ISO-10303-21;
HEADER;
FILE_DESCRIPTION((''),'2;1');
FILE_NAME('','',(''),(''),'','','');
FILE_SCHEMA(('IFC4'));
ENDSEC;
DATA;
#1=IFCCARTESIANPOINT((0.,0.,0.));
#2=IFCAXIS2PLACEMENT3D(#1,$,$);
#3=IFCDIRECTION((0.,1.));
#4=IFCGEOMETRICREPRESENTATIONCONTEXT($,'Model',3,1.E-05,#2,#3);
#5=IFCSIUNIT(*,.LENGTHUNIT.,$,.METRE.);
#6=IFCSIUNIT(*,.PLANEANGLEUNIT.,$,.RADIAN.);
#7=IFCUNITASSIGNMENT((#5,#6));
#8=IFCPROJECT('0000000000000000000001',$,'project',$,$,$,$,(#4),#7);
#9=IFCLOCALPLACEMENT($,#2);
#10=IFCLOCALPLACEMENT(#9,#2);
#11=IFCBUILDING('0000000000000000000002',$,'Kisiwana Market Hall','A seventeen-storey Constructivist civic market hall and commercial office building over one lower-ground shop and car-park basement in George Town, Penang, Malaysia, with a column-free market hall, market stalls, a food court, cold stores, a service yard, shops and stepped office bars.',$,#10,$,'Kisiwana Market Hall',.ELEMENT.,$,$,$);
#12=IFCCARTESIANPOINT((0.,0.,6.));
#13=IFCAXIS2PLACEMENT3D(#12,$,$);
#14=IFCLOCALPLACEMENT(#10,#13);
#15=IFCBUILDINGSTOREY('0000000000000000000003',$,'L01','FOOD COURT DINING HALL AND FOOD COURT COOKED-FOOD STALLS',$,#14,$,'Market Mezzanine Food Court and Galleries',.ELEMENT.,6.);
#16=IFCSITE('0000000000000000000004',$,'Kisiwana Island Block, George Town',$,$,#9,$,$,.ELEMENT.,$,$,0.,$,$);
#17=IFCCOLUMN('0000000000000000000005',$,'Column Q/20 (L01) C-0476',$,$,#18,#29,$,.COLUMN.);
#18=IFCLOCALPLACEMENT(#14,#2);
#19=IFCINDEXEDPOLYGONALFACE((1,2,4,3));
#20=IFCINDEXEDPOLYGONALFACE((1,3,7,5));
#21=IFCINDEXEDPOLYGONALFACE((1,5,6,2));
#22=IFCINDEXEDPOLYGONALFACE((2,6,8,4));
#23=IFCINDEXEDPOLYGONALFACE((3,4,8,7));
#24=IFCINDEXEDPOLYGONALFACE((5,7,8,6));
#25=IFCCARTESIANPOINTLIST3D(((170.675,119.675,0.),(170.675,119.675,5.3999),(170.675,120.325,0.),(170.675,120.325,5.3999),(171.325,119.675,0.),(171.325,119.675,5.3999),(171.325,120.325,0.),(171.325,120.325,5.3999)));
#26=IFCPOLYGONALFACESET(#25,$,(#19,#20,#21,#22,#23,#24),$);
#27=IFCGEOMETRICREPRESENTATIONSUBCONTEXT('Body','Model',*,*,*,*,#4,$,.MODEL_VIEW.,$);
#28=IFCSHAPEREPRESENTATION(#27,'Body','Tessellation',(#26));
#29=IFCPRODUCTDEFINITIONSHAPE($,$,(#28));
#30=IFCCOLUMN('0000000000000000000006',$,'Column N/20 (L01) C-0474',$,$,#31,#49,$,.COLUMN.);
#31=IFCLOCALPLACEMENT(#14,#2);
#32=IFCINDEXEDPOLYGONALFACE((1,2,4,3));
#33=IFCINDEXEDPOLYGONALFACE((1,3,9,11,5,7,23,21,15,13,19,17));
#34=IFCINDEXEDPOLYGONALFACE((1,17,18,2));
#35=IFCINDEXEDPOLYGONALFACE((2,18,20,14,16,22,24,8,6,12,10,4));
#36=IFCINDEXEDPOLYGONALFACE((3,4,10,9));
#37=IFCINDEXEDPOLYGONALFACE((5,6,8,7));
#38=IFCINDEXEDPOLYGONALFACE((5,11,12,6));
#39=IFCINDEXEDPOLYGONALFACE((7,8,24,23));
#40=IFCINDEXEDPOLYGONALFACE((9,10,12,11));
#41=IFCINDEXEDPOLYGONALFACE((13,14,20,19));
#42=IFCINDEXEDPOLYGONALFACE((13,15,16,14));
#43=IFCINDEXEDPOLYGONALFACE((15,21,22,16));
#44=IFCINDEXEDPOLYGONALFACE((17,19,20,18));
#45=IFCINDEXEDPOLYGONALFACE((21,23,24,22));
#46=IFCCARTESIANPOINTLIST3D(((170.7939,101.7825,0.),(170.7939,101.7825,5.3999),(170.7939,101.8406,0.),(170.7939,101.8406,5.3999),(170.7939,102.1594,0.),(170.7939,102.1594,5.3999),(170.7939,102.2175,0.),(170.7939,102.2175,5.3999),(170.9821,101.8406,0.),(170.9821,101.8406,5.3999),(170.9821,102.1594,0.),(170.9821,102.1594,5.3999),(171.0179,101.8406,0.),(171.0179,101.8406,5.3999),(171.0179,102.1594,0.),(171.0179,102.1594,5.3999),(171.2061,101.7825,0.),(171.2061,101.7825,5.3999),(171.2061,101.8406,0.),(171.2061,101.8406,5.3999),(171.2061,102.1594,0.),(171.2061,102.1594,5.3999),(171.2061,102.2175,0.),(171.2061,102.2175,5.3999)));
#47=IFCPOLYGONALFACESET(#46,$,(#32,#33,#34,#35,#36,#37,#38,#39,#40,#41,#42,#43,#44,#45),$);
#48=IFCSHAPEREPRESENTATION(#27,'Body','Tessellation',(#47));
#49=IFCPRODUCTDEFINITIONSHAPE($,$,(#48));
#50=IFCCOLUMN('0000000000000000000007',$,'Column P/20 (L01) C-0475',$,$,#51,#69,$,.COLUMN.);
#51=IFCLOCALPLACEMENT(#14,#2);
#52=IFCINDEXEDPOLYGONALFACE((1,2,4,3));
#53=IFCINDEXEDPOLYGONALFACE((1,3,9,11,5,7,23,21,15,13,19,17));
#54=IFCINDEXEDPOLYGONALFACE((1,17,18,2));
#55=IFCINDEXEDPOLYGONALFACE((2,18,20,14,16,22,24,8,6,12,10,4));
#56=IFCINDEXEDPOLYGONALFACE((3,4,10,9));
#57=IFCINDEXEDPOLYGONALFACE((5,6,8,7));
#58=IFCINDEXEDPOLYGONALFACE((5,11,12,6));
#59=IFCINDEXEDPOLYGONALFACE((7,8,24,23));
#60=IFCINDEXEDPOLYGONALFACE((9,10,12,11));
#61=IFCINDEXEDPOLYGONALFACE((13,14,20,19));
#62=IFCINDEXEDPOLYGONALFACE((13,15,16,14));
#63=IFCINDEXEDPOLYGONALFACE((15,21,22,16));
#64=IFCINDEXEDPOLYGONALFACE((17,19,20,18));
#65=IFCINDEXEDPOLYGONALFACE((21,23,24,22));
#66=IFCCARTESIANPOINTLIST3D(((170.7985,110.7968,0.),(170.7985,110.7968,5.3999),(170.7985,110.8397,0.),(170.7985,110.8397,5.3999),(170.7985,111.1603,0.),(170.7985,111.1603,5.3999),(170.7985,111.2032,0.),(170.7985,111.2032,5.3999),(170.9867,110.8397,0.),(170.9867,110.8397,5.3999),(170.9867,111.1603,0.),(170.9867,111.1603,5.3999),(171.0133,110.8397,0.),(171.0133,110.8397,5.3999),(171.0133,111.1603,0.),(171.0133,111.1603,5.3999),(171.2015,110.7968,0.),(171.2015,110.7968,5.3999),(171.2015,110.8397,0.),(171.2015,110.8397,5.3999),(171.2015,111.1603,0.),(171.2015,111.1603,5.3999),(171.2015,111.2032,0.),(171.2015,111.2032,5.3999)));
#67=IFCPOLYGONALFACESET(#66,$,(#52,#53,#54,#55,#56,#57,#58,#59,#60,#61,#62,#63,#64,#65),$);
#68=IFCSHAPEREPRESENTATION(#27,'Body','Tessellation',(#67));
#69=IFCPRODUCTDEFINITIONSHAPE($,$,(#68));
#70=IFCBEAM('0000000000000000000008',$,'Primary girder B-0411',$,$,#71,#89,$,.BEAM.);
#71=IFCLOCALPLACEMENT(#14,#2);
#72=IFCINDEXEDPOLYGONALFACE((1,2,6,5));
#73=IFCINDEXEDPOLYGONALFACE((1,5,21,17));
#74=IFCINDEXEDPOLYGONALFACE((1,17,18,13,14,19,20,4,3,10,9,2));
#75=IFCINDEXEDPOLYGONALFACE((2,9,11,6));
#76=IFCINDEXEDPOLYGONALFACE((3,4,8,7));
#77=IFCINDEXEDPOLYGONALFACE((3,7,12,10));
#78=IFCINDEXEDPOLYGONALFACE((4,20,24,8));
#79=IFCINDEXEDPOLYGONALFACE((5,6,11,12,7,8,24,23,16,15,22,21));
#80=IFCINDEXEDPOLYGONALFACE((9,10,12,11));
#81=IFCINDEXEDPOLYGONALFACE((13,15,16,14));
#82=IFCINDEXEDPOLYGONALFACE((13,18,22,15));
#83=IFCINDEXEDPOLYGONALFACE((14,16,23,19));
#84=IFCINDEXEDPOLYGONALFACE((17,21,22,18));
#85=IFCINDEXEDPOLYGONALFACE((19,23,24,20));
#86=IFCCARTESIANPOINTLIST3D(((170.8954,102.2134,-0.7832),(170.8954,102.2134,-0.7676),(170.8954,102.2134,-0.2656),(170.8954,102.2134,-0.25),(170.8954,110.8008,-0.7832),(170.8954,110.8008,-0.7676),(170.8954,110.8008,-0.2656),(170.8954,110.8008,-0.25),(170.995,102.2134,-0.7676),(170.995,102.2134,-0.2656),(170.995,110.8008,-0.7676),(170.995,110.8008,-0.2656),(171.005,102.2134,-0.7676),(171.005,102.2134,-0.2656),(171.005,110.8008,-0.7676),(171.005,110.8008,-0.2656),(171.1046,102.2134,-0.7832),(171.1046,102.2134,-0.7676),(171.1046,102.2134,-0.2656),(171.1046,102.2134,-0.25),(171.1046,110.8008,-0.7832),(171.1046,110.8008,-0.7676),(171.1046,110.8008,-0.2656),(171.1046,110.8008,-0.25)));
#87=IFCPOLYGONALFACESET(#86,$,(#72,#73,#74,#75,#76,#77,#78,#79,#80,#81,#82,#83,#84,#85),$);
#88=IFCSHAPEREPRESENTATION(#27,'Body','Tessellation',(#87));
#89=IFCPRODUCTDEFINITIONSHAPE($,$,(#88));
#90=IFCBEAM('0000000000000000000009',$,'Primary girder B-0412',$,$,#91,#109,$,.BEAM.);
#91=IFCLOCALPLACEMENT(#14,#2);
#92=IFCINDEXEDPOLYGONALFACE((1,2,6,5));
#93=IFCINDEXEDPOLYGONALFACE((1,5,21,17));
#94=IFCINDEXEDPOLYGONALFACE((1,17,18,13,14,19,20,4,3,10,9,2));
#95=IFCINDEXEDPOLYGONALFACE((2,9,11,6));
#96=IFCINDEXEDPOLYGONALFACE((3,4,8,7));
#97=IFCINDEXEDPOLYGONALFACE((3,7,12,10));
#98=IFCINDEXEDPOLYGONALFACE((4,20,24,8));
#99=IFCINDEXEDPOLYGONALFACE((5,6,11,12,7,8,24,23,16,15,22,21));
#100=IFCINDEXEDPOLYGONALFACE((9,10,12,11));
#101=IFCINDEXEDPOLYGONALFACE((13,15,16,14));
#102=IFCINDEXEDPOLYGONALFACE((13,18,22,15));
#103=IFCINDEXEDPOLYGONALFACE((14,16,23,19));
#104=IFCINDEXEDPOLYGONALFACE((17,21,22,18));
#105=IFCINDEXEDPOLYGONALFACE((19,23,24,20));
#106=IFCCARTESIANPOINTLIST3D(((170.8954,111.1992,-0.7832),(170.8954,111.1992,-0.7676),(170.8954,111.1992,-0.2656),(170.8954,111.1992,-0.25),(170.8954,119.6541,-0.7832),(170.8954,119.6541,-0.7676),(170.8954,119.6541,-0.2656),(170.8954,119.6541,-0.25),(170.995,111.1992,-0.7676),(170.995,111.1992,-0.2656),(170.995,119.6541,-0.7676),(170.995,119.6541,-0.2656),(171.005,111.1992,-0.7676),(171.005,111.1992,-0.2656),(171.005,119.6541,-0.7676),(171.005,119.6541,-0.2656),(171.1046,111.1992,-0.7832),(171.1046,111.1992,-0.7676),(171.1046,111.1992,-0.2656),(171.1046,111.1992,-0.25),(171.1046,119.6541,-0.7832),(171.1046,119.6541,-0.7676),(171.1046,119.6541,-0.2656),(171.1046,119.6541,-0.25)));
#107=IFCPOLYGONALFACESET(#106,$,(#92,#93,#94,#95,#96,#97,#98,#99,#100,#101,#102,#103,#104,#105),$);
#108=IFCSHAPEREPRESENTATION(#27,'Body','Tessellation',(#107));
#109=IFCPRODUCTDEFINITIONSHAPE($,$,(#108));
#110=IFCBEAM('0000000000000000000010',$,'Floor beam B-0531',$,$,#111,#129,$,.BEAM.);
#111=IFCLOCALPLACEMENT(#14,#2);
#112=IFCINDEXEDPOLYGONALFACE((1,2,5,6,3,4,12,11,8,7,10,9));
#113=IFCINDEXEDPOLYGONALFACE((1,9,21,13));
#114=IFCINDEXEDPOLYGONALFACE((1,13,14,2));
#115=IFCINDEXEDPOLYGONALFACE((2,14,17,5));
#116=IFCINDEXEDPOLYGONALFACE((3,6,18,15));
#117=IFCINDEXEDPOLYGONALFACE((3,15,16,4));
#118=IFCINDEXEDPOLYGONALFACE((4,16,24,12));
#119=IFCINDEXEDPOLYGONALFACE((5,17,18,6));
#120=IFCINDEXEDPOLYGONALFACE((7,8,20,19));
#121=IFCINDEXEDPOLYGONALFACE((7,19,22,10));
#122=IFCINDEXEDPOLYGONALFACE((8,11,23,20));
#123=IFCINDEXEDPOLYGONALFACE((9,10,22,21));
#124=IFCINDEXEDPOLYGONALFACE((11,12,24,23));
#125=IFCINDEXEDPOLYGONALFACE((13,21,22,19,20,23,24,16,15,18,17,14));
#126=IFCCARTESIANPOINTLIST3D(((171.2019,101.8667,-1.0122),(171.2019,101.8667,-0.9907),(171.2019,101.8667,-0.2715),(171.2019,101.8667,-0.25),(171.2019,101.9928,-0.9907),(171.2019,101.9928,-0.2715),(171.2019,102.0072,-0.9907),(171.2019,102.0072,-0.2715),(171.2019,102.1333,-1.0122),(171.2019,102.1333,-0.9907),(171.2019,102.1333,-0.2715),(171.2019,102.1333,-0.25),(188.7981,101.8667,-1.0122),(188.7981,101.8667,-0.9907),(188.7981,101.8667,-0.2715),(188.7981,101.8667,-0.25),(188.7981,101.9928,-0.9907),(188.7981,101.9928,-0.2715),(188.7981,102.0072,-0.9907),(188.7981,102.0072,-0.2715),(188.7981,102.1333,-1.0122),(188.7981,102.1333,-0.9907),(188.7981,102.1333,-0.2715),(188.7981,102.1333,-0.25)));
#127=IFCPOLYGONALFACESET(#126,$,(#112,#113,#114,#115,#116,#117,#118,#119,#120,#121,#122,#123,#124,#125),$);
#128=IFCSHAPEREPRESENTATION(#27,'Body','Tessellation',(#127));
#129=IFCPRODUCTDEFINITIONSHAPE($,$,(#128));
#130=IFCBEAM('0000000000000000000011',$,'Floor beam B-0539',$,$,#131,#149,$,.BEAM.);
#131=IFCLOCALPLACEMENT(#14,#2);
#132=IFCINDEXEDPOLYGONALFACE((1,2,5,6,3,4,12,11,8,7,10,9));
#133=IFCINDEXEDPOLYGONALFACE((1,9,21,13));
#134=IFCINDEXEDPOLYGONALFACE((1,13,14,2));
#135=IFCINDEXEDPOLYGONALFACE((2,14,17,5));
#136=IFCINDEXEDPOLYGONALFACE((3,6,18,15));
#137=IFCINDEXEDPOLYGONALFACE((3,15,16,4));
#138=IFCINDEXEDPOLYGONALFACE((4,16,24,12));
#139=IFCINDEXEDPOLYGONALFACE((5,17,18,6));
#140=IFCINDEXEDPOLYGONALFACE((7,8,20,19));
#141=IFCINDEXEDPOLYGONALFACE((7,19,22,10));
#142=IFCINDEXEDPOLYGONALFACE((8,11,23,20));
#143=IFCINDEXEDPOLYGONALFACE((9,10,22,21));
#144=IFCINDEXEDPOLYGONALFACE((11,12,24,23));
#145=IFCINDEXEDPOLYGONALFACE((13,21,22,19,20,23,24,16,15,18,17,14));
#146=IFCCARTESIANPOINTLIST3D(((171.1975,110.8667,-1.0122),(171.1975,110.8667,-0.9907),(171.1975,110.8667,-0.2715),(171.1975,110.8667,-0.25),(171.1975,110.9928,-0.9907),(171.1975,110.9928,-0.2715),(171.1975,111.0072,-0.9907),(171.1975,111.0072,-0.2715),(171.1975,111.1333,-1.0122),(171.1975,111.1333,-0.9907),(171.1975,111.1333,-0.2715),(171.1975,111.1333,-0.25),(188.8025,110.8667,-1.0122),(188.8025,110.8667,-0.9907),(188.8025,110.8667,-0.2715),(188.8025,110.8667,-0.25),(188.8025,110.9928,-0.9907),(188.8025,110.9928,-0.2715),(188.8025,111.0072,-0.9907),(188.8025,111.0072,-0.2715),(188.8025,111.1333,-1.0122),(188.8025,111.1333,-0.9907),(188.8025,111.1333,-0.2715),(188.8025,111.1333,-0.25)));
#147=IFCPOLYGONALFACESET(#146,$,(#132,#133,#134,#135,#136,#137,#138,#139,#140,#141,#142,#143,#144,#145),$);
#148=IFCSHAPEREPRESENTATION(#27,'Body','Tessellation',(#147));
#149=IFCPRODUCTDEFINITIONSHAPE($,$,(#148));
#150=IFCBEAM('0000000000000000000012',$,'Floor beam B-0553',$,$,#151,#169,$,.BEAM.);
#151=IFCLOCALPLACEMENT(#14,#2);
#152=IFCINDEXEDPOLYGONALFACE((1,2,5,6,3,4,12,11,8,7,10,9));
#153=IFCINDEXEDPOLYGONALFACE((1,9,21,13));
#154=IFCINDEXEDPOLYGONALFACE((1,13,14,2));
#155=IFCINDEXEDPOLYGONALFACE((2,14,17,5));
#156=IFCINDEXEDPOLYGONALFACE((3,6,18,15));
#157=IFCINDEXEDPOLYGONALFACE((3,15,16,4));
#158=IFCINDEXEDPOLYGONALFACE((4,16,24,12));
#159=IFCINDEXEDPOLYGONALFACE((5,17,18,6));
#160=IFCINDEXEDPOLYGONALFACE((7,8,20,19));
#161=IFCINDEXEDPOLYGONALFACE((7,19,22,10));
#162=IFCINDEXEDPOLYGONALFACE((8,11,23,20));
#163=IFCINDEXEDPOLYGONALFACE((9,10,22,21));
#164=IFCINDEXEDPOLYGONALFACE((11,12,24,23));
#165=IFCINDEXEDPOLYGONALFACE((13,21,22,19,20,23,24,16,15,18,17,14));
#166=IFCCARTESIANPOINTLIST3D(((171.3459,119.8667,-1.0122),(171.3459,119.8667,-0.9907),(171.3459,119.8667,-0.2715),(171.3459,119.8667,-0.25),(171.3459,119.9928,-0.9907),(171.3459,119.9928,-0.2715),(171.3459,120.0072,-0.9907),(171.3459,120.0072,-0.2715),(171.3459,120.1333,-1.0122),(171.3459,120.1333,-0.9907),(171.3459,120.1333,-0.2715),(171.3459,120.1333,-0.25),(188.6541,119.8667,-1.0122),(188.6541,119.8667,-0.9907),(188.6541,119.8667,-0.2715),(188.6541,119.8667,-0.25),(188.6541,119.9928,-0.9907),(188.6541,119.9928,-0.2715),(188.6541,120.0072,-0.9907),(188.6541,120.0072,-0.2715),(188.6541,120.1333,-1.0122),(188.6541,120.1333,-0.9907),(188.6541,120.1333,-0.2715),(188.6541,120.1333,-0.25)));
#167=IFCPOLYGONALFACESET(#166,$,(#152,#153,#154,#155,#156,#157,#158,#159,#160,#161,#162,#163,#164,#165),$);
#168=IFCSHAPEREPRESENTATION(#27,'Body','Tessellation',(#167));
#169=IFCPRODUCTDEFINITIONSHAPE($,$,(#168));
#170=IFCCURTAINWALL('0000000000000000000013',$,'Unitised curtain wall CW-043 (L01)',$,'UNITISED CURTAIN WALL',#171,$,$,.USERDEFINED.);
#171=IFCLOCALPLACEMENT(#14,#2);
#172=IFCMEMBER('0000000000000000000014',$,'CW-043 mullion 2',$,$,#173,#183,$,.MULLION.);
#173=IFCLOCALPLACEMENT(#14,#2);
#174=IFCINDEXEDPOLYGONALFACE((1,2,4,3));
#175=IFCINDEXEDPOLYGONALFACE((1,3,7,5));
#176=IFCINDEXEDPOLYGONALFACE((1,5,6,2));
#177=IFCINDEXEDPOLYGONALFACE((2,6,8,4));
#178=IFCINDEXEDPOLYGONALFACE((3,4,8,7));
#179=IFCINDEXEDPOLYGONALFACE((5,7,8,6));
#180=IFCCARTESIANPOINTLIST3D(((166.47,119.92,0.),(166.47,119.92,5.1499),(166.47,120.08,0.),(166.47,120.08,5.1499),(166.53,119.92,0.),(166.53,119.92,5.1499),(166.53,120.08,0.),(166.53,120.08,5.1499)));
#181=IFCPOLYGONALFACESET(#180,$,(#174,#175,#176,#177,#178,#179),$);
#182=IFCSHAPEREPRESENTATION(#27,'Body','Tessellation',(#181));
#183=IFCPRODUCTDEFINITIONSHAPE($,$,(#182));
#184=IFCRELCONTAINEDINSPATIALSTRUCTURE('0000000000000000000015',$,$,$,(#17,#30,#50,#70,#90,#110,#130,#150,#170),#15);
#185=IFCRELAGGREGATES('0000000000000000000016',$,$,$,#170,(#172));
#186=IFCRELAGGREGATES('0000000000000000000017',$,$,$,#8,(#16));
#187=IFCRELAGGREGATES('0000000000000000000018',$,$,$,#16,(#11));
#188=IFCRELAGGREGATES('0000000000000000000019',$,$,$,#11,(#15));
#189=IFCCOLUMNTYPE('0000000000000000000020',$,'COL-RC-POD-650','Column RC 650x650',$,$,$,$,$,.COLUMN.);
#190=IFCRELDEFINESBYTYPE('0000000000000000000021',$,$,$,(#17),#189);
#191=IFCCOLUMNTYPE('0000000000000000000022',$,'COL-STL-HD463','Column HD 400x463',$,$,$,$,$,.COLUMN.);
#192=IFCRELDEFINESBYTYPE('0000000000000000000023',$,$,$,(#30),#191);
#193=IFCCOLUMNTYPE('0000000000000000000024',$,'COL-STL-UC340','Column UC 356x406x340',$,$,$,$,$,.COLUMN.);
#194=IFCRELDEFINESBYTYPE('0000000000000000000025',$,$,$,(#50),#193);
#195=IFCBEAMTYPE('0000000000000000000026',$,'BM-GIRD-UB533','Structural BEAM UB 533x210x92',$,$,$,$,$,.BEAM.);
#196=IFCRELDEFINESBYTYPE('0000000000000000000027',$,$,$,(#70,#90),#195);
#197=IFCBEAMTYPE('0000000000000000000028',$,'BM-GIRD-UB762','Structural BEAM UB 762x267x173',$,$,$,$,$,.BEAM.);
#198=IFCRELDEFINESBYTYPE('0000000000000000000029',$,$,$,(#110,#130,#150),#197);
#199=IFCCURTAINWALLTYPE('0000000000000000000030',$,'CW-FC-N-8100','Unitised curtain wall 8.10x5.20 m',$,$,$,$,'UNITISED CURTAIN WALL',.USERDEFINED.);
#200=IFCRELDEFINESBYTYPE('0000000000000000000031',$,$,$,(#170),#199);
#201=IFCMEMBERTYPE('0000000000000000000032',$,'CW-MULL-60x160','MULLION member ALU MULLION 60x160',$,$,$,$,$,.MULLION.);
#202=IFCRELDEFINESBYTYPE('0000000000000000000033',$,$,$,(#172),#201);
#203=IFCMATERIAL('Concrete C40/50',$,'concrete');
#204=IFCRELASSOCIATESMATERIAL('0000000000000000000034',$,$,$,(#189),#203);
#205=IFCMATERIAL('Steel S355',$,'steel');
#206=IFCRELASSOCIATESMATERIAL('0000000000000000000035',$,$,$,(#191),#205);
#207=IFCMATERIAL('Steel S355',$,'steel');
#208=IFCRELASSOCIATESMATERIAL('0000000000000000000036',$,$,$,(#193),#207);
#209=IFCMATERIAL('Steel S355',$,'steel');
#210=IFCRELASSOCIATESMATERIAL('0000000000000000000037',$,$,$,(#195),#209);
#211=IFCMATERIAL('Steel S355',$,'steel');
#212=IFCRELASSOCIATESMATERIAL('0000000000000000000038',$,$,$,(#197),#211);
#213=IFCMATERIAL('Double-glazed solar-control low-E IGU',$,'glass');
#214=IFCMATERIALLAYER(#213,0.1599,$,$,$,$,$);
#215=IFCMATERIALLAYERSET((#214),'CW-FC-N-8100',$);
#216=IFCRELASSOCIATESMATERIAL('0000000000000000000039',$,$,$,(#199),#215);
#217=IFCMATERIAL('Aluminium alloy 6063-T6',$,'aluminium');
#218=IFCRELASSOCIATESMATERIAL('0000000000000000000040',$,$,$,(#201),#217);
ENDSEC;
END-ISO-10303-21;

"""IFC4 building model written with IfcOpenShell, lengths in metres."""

from ifc_helpers import new_model, si_unit, direction, frame, origin, origin_2d, place, context, subcontext, project, spatial, rectangle, i_section, extrude, material, layer, layer_set, material_profile, profile_set, type_object, element, aggregate, save


model = new_model("IFC4")

# Units and contexts
model_context = context("Model", 3, precision=1e-05, world=origin(), true_north=direction((0.0, 1.0)))
body_context = subcontext(model_context, "Body", "Model", "MODEL_VIEW")
ifc_project = project(units=[si_unit("LENGTHUNIT", "METRE"), si_unit("PLANEANGLEUNIT", "RADIAN")], contexts=[model_context])

# Site, building, storey
site_placement = place(None, origin())
site = spatial("IfcSite", under=ifc_project, at=site_placement, Name="Kisiwana Island Block, George Town", CompositionType="ELEMENT", RefElevation=0.0)
building_placement = place(site_placement, origin())
building = spatial("IfcBuilding", under=site, at=building_placement, Name="Kisiwana Market Hall", Description="A seventeen-storey Constructivist civic market hall and commercial office building over one lower-ground shop and car-park basement in George Town, Penang, Malaysia, with a column-free market hall, market stalls, a food court, cold stores, a service yard, shops and stepped office bars.", LongName="Kisiwana Market Hall", CompositionType="ELEMENT")
storey_placement = place(building_placement, frame((0.0, 0.0, 6.0)))
storey = spatial("IfcBuildingStorey", under=building, at=storey_placement, Name="L01", Description="FOOD COURT DINING HALL AND FOOD COURT COOKED-FOOD STALLS", LongName="Market Mezzanine Food Court and Galleries", CompositionType="ELEMENT", Elevation=6.0)

# Columns
ifc_material_1 = material(Name="Concrete C40/50", Category="concrete")
ifc_material_profile_1 = material_profile(ifc_material_1, rectangle(XDim=0.6499, YDim=0.6499, at=origin_2d()), Name="RC 650x650")
ifc_profile_set_1 = profile_set([ifc_material_profile_1], Name="Concrete C40/50")
column_type_1 = type_object("IfcColumnType", Name="COL-RC-POD-650", Description="Column RC 650x650", PredefinedType="COLUMN", material=ifc_profile_set_1)
column_1_placement = place(storey_placement, frame((171.0, 120.0, 0.0), z_axis=(0.0, 0.0, 1.0), x_axis=(1.0, 0.0, 0.0)))
element("IfcColumn", 1, at=column_1_placement, inside=storey, type_object=column_type_1, Name="Column Q/20 (L01) C-0476", PredefinedType="COLUMN", context=body_context, shape_type="SweptSolid", body=[
    extrude(rectangle(XDim=0.6499, YDim=0.6499, at=origin_2d()), origin(), (0.0, 0.0, 1.0), 5.3999),
])
ifc_material_2 = material(Name="Steel S355", Category="steel")
ifc_material_profile_2 = material_profile(ifc_material_2, i_section(OverallWidth=0.4121, OverallDepth=0.4351, WebThickness=0.0359, FlangeThickness=0.0581, at=origin_2d()), Name="HD 400x463")
ifc_profile_set_2 = profile_set([ifc_material_profile_2], Name="Steel S355")
column_type_2 = type_object("IfcColumnType", Name="COL-STL-HD463", Description="Column HD 400x463", PredefinedType="COLUMN", material=ifc_profile_set_2)
column_2_placement = place(storey_placement, frame((171.0, 102.0, 0.0), z_axis=(0.0, 0.0, 1.0), x_axis=(1.0, 0.0, 0.0)))
element("IfcColumn", 2, at=column_2_placement, inside=storey, type_object=column_type_2, Name="Column N/20 (L01) C-0474", PredefinedType="COLUMN", context=body_context, shape_type="SweptSolid", body=[
    extrude(i_section(OverallWidth=0.4121, OverallDepth=0.4351, WebThickness=0.0359, FlangeThickness=0.0581, at=origin_2d()), origin(), (0.0, 0.0, 1.0), 5.3999),
])
ifc_material_3 = material(Name="Steel S355", Category="steel")
ifc_material_profile_3 = material_profile(ifc_material_3, i_section(OverallWidth=0.4031, OverallDepth=0.4065, WebThickness=0.0266, FlangeThickness=0.043, at=origin_2d()), Name="UC 356x406x340")
ifc_profile_set_3 = profile_set([ifc_material_profile_3], Name="Steel S355")
column_type_3 = type_object("IfcColumnType", Name="COL-STL-UC340", Description="Column UC 356x406x340", PredefinedType="COLUMN", material=ifc_profile_set_3)
column_3_placement = place(storey_placement, frame((171.0, 111.0, 0.0), z_axis=(0.0, 0.0, 1.0), x_axis=(1.0, 0.0, 0.0)))
element("IfcColumn", 3, at=column_3_placement, inside=storey, type_object=column_type_3, Name="Column P/20 (L01) C-0475", PredefinedType="COLUMN", context=body_context, shape_type="SweptSolid", body=[
    extrude(i_section(OverallWidth=0.4031, OverallDepth=0.4065, WebThickness=0.0266, FlangeThickness=0.043, at=origin_2d()), origin(), (0.0, 0.0, 1.0), 5.3999),
])

# Beams
ifc_material_4 = material(Name="Steel S355", Category="steel")
ifc_material_profile_4 = material_profile(ifc_material_4, i_section(OverallWidth=0.2092, OverallDepth=0.5332, WebThickness=0.01, FlangeThickness=0.0156, at=origin_2d()), Name="UB 533x210x92")
ifc_profile_set_4 = profile_set([ifc_material_profile_4], Name="Steel S355")
beam_type_1 = type_object("IfcBeamType", Name="BM-GIRD-UB533", Description="Structural BEAM UB 533x210x92", PredefinedType="BEAM", material=ifc_profile_set_4)
beam_1_placement = place(storey_placement, frame((171.0, 102.2134, -0.5166), z_axis=(0.0, 1.0, 0.0), x_axis=(-1.0, 0.0, 0.0)))
element("IfcBeam", 4, at=beam_1_placement, inside=storey, type_object=beam_type_1, Name="Primary girder B-0411", PredefinedType="BEAM", context=body_context, shape_type="SweptSolid", body=[
    extrude(i_section(OverallWidth=0.2092, OverallDepth=0.5332, WebThickness=0.01, FlangeThickness=0.0156, at=origin_2d()), origin(), (0.0, 0.0, 1.0), 8.5874),
])
beam_2_placement = place(storey_placement, frame((171.0, 111.1992, -0.5166), z_axis=(0.0, 1.0, 0.0), x_axis=(-1.0, 0.0, 0.0)))
element("IfcBeam", 5, at=beam_2_placement, inside=storey, type_object=beam_type_1, Name="Primary girder B-0412", PredefinedType="BEAM", context=body_context, shape_type="SweptSolid", body=[
    extrude(i_section(OverallWidth=0.2092, OverallDepth=0.5332, WebThickness=0.01, FlangeThickness=0.0156, at=origin_2d()), origin(), (0.0, 0.0, 1.0), 8.4548),
])
ifc_material_5 = material(Name="Steel S355", Category="steel")
ifc_material_profile_5 = material_profile(ifc_material_5, i_section(OverallWidth=0.2666, OverallDepth=0.7622, WebThickness=0.0144, FlangeThickness=0.0215, at=origin_2d()), Name="UB 762x267x173")
ifc_profile_set_5 = profile_set([ifc_material_profile_5], Name="Steel S355")
beam_type_2 = type_object("IfcBeamType", Name="BM-GIRD-UB762", Description="Structural BEAM UB 762x267x173", PredefinedType="BEAM", material=ifc_profile_set_5)
beam_3_placement = place(storey_placement, frame((171.2019, 102.0, -0.6311), z_axis=(1.0, 0.0, 0.0), x_axis=(0.0, 1.0, 0.0)))
element("IfcBeam", 6, at=beam_3_placement, inside=storey, type_object=beam_type_2, Name="Floor beam B-0531", PredefinedType="BEAM", context=body_context, shape_type="SweptSolid", body=[
    extrude(i_section(OverallWidth=0.2666, OverallDepth=0.7622, WebThickness=0.0144, FlangeThickness=0.0215, at=origin_2d()), origin(), (0.0, 0.0, 1.0), 17.5962),
])
beam_4_placement = place(storey_placement, frame((171.1975, 111.0, -0.6311), z_axis=(1.0, 0.0, 0.0), x_axis=(0.0, 1.0, 0.0)))
element("IfcBeam", 7, at=beam_4_placement, inside=storey, type_object=beam_type_2, Name="Floor beam B-0539", PredefinedType="BEAM", context=body_context, shape_type="SweptSolid", body=[
    extrude(i_section(OverallWidth=0.2666, OverallDepth=0.7622, WebThickness=0.0144, FlangeThickness=0.0215, at=origin_2d()), origin(), (0.0, 0.0, 1.0), 17.605),
])
beam_5_placement = place(storey_placement, frame((171.3459, 120.0, -0.6311), z_axis=(1.0, 0.0, 0.0), x_axis=(0.0, 1.0, 0.0)))
element("IfcBeam", 8, at=beam_5_placement, inside=storey, type_object=beam_type_2, Name="Floor beam B-0553", PredefinedType="BEAM", context=body_context, shape_type="SweptSolid", body=[
    extrude(i_section(OverallWidth=0.2666, OverallDepth=0.7622, WebThickness=0.0144, FlangeThickness=0.0215, at=origin_2d()), origin(), (0.0, 0.0, 1.0), 17.3081),
])

# Curtain wall, member
ifc_material_6 = material(Name="Double-glazed solar-control low-E IGU", Category="glass")
ifc_layer_1 = layer(ifc_material_6, 0.1599)
ifc_layer_set_1 = layer_set([ifc_layer_1], Name="CW-FC-N-8100")
curtain_wall_type = type_object("IfcCurtainWallType", Name="CW-FC-N-8100", Description="Unitised curtain wall 8.10x5.20 m", ElementType="UNITISED CURTAIN WALL", PredefinedType="USERDEFINED", material=ifc_layer_set_1)
curtain_wall_placement = place(storey_placement, origin())
curtain_wall = element("IfcCurtainWall", 9, at=curtain_wall_placement, inside=storey, type_object=curtain_wall_type, Name="Unitised curtain wall CW-043 (L01)", ObjectType="UNITISED CURTAIN WALL", PredefinedType="USERDEFINED")
ifc_material_7 = material(Name="Aluminium alloy 6063-T6", Category="aluminium")
ifc_material_profile_6 = material_profile(ifc_material_7, rectangle(XDim=0.0601, YDim=0.1599, at=origin_2d()), Name="ALU MULLION 60x160")
ifc_profile_set_6 = profile_set([ifc_material_profile_6], Name="Aluminium alloy 6063-T6")
member_type_1 = type_object("IfcMemberType", Name="CW-MULL-60x160", Description="MULLION member ALU MULLION 60x160", PredefinedType="MULLION", material=ifc_profile_set_6)
member_1_placement = place(storey_placement, frame((166.5, 120.0, 0.0), z_axis=(0.0, 0.0, 1.0), x_axis=(1.0, 0.0, 0.0)))
member_1 = element("IfcMember", 10, at=member_1_placement, type_object=member_type_1, Name="CW-043 mullion 2", PredefinedType="MULLION", context=body_context, shape_type="SweptSolid", body=[
    extrude(rectangle(XDim=0.0601, YDim=0.1599, at=origin_2d()), origin(), (0.0, 0.0, 1.0), 5.1499),
])
aggregate(curtain_wall, [member_1])

save(model, "model.ifc")
